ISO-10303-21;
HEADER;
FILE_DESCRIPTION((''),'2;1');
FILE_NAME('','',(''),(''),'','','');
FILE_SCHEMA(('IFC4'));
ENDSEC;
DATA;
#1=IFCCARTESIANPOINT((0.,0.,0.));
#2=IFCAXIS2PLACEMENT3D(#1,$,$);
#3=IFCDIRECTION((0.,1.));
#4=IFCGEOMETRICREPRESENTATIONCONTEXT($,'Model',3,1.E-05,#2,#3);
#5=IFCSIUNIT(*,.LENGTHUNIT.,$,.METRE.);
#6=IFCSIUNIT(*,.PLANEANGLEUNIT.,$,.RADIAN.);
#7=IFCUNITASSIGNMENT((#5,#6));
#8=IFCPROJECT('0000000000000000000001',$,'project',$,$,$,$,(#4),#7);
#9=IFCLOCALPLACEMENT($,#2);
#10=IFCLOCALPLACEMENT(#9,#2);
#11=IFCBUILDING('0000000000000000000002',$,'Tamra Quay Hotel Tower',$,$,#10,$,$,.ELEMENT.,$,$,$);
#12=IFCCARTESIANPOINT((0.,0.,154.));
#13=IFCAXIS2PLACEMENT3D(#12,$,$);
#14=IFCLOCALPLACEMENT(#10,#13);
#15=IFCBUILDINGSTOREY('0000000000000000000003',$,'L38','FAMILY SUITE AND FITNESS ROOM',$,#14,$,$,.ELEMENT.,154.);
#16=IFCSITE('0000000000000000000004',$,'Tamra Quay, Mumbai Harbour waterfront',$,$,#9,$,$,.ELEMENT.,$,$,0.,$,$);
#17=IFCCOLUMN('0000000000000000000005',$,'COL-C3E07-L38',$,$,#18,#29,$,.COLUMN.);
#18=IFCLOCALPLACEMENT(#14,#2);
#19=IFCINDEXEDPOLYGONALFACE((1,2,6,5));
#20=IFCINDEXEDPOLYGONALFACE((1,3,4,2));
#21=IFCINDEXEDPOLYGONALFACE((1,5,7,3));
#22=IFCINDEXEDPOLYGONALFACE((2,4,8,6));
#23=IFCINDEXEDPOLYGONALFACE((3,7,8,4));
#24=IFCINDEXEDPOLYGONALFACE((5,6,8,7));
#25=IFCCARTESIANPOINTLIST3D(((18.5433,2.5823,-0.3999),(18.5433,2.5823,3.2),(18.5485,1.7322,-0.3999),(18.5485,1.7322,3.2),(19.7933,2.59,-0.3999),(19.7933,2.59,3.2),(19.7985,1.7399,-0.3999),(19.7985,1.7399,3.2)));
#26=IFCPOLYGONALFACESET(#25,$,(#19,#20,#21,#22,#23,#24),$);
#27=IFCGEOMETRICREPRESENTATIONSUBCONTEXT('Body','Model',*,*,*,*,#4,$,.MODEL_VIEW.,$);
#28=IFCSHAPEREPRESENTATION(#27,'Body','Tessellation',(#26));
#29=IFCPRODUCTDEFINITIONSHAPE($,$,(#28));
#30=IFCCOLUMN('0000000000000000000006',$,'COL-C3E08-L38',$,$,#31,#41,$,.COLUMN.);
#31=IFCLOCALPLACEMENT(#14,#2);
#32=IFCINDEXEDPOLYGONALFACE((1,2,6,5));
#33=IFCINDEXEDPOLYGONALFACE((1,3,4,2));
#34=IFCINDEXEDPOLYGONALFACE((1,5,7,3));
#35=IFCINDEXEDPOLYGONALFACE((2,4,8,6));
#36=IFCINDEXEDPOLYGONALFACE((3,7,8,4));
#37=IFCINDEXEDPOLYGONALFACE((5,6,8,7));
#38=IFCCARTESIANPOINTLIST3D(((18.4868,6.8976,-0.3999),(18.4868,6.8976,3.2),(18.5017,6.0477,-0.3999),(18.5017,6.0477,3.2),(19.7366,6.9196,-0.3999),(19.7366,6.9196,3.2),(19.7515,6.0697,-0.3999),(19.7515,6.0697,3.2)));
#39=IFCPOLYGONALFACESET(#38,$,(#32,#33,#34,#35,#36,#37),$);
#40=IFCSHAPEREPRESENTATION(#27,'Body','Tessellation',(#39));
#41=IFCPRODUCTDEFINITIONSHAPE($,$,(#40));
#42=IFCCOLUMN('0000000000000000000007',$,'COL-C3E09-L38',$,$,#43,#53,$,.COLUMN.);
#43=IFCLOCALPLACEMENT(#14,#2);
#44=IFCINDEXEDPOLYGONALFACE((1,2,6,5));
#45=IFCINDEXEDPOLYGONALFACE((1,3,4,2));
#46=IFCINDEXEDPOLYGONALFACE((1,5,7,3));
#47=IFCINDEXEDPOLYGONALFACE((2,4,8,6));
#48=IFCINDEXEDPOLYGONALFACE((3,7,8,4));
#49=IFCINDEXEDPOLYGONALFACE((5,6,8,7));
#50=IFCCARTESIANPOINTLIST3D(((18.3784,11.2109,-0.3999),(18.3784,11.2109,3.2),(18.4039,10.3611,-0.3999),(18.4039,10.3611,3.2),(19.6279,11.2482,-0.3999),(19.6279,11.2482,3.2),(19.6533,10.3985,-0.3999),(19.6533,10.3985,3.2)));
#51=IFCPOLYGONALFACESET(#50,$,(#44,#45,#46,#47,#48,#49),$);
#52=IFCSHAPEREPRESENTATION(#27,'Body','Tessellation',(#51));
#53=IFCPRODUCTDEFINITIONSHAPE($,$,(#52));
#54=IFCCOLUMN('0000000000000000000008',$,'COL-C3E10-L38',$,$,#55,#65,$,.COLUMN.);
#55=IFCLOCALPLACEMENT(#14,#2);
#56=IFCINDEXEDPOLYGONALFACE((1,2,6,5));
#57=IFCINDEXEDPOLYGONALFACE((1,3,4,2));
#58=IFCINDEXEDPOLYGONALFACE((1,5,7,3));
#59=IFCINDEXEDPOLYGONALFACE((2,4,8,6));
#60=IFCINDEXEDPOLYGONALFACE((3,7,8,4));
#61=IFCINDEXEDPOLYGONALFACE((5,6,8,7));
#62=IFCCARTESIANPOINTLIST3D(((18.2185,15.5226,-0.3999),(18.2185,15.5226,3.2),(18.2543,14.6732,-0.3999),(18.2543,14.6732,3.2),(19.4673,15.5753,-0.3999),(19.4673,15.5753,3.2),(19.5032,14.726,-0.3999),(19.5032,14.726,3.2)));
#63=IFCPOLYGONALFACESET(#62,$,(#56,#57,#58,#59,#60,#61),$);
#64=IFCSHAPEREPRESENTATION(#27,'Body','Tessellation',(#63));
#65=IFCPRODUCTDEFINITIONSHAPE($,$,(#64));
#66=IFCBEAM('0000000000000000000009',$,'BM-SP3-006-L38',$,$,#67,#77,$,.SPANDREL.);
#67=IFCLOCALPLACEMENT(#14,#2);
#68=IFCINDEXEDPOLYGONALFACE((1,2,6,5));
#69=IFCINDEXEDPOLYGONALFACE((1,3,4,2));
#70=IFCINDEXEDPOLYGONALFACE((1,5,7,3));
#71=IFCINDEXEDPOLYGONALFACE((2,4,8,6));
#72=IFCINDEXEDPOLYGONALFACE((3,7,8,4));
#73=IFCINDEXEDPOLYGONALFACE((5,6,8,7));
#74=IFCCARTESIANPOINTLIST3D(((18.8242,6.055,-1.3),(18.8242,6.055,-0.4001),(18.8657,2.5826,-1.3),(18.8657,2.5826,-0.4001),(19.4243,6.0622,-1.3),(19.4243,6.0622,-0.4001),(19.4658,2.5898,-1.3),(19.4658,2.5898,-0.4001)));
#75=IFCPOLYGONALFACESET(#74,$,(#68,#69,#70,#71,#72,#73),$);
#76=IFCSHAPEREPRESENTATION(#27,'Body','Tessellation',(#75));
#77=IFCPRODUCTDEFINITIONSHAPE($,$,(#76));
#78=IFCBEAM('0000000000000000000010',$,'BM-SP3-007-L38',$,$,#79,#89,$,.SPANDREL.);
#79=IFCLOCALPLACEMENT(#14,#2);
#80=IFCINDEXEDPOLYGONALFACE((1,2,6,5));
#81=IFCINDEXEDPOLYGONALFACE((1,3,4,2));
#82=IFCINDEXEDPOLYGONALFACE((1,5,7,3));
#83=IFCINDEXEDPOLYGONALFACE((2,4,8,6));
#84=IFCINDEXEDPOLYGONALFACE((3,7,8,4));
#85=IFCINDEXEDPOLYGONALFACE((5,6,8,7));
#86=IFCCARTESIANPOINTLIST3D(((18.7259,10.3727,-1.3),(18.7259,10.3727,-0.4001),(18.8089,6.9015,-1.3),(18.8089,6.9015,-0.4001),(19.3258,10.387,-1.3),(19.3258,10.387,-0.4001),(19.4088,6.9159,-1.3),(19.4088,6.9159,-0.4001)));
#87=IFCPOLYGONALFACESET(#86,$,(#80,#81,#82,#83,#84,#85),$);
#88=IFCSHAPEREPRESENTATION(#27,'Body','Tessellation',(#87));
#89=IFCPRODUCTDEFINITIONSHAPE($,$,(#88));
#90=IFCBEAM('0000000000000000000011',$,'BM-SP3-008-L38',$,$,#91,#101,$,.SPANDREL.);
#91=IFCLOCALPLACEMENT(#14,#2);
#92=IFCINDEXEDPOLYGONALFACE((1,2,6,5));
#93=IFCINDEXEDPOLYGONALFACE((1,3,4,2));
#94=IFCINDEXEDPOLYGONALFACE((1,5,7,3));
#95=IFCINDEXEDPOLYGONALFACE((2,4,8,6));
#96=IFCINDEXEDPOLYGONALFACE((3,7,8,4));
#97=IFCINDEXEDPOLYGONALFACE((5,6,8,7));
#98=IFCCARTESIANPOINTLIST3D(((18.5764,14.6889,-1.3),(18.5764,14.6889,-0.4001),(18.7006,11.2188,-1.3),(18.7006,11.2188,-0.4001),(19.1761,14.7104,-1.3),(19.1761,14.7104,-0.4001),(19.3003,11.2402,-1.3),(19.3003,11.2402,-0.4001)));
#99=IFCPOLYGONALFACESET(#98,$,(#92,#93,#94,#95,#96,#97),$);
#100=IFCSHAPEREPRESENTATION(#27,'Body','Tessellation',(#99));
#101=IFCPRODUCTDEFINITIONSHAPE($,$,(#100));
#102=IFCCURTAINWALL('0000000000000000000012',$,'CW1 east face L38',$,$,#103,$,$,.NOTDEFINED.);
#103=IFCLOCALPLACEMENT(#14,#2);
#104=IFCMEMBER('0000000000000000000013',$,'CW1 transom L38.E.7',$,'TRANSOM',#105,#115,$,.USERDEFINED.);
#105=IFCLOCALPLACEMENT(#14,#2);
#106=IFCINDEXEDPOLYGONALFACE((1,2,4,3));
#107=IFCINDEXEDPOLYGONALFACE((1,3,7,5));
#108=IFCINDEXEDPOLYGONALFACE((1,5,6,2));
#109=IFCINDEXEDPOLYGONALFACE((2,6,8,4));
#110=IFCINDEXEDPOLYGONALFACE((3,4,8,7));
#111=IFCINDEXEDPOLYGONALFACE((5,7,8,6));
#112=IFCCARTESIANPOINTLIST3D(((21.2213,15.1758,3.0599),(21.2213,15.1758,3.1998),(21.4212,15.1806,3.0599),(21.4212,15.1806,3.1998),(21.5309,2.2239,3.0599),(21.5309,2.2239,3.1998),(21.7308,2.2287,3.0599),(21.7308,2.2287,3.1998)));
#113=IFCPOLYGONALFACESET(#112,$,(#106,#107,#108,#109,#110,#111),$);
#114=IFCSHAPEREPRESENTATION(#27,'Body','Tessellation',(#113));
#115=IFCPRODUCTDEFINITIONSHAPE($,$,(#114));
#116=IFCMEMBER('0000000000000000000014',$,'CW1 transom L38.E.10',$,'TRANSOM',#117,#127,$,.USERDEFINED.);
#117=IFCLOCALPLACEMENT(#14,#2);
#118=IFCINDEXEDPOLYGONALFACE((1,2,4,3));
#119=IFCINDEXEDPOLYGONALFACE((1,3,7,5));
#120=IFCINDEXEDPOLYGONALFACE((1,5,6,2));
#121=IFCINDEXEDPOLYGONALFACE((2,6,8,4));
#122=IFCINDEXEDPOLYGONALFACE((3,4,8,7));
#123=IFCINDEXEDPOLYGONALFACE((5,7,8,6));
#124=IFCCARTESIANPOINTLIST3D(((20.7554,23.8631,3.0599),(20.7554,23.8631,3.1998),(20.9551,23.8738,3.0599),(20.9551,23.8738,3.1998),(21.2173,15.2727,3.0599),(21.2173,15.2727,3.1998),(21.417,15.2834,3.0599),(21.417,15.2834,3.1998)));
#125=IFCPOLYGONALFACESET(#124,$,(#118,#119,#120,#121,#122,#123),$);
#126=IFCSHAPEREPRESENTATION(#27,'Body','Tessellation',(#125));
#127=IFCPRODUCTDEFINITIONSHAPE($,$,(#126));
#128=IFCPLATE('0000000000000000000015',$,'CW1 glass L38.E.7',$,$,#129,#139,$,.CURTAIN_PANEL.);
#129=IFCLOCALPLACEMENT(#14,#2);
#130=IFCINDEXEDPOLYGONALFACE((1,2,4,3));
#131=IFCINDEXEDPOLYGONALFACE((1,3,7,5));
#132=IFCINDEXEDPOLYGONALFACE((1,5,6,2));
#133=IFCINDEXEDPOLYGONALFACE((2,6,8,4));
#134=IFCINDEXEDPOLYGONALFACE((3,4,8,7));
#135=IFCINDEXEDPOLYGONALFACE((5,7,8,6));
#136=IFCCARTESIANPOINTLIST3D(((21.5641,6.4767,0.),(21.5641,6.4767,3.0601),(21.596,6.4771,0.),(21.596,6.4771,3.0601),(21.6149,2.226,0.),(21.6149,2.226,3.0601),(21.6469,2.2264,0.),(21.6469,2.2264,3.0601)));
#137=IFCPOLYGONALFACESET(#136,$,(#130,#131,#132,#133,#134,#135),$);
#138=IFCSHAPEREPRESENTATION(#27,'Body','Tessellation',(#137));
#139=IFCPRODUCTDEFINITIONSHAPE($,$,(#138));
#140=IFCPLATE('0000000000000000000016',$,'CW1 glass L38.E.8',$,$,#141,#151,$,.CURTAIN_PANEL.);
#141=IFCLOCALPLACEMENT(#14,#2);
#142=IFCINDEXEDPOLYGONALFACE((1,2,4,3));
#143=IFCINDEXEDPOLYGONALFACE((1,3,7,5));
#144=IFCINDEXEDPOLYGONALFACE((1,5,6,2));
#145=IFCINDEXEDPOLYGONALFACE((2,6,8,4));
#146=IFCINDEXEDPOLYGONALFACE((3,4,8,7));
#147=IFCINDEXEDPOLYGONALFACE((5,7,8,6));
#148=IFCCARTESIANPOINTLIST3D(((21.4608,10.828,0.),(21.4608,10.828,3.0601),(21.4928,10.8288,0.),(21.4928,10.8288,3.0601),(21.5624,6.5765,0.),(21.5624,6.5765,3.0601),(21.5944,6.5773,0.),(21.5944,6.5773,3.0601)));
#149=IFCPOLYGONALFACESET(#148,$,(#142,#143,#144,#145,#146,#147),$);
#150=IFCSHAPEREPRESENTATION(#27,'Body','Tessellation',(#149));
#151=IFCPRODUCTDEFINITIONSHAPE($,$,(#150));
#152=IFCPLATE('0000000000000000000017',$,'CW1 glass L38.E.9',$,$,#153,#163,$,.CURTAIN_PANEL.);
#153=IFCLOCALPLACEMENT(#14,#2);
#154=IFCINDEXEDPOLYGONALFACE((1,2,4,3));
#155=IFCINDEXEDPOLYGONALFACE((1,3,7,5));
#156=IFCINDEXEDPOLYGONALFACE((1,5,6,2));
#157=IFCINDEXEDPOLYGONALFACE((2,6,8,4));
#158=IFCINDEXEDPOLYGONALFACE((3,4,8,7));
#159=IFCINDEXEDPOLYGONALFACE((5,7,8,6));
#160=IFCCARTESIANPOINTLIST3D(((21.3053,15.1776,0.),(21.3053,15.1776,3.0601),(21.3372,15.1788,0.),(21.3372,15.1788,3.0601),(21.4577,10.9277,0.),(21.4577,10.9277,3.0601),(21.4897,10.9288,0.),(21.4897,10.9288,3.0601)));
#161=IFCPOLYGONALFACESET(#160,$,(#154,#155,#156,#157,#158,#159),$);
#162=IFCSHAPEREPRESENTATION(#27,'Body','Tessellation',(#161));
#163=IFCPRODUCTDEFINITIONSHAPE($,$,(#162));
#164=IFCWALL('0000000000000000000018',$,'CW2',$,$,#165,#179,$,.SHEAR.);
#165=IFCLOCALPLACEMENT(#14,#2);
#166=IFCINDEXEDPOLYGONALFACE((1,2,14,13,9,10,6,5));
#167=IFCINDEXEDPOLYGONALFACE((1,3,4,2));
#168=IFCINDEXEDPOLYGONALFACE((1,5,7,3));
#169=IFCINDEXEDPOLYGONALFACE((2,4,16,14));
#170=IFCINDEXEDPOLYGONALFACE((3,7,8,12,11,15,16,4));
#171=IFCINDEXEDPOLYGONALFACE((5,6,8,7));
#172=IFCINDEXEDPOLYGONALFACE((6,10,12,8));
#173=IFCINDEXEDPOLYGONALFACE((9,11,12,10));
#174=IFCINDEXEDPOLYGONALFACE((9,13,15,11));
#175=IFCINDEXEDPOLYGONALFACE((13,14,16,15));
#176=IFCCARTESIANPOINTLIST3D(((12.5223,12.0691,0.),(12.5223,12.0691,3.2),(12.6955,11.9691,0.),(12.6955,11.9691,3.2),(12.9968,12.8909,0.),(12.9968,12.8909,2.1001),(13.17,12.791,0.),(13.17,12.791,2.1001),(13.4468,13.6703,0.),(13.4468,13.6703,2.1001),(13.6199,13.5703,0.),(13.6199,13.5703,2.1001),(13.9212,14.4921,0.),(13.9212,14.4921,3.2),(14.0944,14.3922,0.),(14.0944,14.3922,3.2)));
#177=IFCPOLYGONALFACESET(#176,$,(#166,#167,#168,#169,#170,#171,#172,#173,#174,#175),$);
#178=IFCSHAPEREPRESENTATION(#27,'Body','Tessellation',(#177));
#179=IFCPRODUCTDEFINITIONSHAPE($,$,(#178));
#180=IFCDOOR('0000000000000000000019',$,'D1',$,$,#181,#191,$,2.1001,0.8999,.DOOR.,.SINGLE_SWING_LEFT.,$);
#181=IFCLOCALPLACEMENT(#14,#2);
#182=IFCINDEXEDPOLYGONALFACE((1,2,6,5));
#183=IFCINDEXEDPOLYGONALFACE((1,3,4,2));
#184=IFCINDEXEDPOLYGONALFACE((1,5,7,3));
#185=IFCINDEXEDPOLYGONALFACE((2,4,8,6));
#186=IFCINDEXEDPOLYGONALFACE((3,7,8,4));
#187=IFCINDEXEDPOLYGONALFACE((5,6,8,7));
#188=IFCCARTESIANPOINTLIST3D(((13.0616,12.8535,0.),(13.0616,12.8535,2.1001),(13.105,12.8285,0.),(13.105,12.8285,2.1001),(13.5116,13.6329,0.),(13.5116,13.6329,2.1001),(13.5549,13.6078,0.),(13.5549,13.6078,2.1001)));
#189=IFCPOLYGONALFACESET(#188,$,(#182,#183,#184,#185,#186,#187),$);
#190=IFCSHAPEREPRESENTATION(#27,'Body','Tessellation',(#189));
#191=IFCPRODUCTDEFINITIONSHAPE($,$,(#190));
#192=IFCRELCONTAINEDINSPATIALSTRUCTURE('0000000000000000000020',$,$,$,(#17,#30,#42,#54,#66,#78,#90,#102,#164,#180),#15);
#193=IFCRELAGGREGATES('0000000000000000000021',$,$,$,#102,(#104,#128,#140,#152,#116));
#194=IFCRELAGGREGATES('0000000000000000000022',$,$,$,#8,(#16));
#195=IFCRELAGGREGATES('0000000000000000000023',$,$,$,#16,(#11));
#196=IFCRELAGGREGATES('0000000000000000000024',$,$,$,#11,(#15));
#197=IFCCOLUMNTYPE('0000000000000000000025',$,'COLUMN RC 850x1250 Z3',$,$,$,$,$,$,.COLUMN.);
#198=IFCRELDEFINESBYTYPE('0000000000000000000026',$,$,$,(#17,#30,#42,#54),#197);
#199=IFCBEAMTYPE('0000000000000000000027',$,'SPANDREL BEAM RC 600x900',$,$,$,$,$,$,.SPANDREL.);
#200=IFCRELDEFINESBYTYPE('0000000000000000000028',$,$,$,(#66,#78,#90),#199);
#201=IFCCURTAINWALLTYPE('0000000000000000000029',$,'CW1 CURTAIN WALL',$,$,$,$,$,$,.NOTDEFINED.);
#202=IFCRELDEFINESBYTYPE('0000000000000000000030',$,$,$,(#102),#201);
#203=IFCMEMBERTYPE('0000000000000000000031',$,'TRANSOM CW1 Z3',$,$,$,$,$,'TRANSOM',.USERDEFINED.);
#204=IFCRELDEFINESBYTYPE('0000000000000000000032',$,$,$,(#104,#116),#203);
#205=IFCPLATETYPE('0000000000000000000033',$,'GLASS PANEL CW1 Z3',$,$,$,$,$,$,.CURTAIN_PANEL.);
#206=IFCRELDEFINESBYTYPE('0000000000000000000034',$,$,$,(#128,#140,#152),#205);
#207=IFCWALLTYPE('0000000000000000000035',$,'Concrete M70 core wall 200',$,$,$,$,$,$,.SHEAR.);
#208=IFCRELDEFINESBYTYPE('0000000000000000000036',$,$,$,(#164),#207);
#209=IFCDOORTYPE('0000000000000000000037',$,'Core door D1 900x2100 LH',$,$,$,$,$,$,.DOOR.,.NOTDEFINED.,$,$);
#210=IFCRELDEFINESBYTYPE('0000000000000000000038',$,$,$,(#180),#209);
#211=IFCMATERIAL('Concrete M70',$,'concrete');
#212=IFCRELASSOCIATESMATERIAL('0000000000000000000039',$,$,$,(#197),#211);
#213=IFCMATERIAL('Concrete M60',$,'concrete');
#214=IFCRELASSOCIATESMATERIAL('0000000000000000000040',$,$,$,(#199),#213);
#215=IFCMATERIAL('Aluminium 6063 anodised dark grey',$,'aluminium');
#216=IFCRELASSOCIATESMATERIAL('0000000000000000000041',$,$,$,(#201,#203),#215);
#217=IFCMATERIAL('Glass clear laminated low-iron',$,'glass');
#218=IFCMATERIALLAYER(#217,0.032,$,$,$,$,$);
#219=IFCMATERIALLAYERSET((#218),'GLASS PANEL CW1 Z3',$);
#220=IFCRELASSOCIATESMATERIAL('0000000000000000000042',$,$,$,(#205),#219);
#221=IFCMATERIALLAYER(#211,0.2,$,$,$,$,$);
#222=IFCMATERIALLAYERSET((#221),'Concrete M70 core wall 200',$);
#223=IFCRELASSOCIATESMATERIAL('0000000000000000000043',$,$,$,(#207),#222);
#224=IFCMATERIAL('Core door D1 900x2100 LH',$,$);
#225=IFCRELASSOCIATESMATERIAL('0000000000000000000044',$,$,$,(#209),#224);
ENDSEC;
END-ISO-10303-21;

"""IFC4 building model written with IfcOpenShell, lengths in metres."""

from ifc_helpers import new_model, si_unit, direction, frame, frame_2d, origin, origin_2d, place, context, subcontext, project, spatial, rectangle, extrude, material, layer, layer_set, material_profile, profile_set, type_object, element, fill, aggregate, save


model = new_model("IFC4")

# Units and contexts
model_context = context("Model", 3, precision=1e-05, world=origin(), true_north=direction((0.0, 1.0)))
body_context = subcontext(model_context, "Body", "Model", "MODEL_VIEW")
ifc_project = project(units=[si_unit("LENGTHUNIT", "METRE"), si_unit("PLANEANGLEUNIT", "RADIAN")], contexts=[model_context])

# Site, building, storey
site_placement = place(None, origin())
site = spatial("IfcSite", under=ifc_project, at=site_placement, Name="Tamra Quay, Mumbai Harbour waterfront", CompositionType="ELEMENT", RefElevation=0.0)
building_placement = place(site_placement, origin())
building = spatial("IfcBuilding", under=site, at=building_placement, Name="Tamra Quay Hotel Tower", CompositionType="ELEMENT")
storey_placement = place(building_placement, frame((0.0, 0.0, 154.0)))
storey = spatial("IfcBuildingStorey", under=building, at=storey_placement, Name="L38", Description="FAMILY SUITE AND FITNESS ROOM", CompositionType="ELEMENT", Elevation=154.0)

# Columns
ifc_material_1 = material(Name="Concrete M70", Category="concrete")
ifc_material_profile_1 = material_profile(ifc_material_1, rectangle(XDim=1.25, YDim=0.8501, at=origin_2d()), Name="COLUMN RC 850x1250 Z3")
ifc_profile_set_1 = profile_set([ifc_material_profile_1], Name="Concrete M70")
column_type = type_object("IfcColumnType", Name="COLUMN RC 850x1250 Z3", PredefinedType="COLUMN", material=ifc_profile_set_1)
for number, where, z_axis, x_axis, name in (
    (1, (19.1709, 2.1611, -0.3999), (0.0, 0.0, 1.0), (0.999981, 0.006159, 0.0), "COL-C3E07-L38"),
    (2, (19.1191, 6.4836, -0.3999), (0.0, 0.0, 1.0), (0.999845, 0.017597, 0.0), "COL-C3E08-L38"),
    (3, (19.0159, 10.8047, -0.3999), (0.0, 0.0, 1.0), (0.999553, 0.029907, 0.0), "COL-C3E09-L38"),
    (4, (18.8608, 15.1243, -0.3999), (0.0, 0.0, 1.0), (0.999109, 0.042202, 0.0), "COL-C3E10-L38"),
):
    element("IfcColumn", number, at=place(storey_placement, frame(where, z_axis=z_axis, x_axis=x_axis)), inside=storey, type_object=column_type, Name=name, PredefinedType="COLUMN", context=body_context, shape_type="SweptSolid", body=[
        extrude(rectangle(XDim=1.25, YDim=0.8501, at=origin_2d()), origin(), (0.0, 0.0, 1.0), 3.5999),
    ])

# Beams
ifc_material_2 = material(Name="Concrete M60", Category="concrete")
ifc_material_profile_2 = material_profile(ifc_material_2, rectangle(XDim=0.6001, YDim=0.8999, at=origin_2d()), Name="SPANDREL BEAM RC 600x900")
ifc_profile_set_2 = profile_set([ifc_material_profile_2], Name="Concrete M60")
beam_type = type_object("IfcBeamType", Name="SPANDREL BEAM RC 600x900", PredefinedType="SPANDREL", material=ifc_profile_set_2)
beam_1_placement = place(storey_placement, frame((19.1658, 2.5862, -0.8501), z_axis=(-0.011952, 0.999929, 0.0), x_axis=(-0.999929, -0.011952, 0.0)))
element("IfcBeam", 5, at=beam_1_placement, inside=storey, type_object=beam_type, Name="BM-SP3-006-L38", PredefinedType="SPANDREL", context=body_context, shape_type="SweptSolid", body=[
    extrude(rectangle(XDim=0.6001, YDim=0.8999, at=origin_2d()), origin(), (0.0, 0.0, 1.0), 3.4727),
])
beam_2_placement = place(storey_placement, frame((19.1089, 6.9087, -0.8501), z_axis=(-0.023907, 0.999714, 0.0), x_axis=(-0.999714, -0.023907, 0.0)))
element("IfcBeam", 6, at=beam_2_placement, inside=storey, type_object=beam_type, Name="BM-SP3-007-L38", PredefinedType="SPANDREL", context=body_context, shape_type="SweptSolid", body=[
    extrude(rectangle(XDim=0.6001, YDim=0.8999, at=origin_2d()), origin(), (0.0, 0.0, 1.0), 3.4722),
])
beam_3_placement = place(storey_placement, frame((19.0005, 11.2295, -0.8501), z_axis=(-0.035787, 0.999359, 0.0), x_axis=(-0.999359, -0.035787, 0.0)))
element("IfcBeam", 7, at=beam_3_placement, inside=storey, type_object=beam_type, Name="BM-SP3-008-L38", PredefinedType="SPANDREL", context=body_context, shape_type="SweptSolid", body=[
    extrude(rectangle(XDim=0.6001, YDim=0.8999, at=origin_2d()), origin(), (0.0, 0.0, 1.0), 3.4724),
])

# Curtain wall, members, plates
ifc_material_3 = material(Name="Aluminium 6063 anodised dark grey", Category="aluminium")
curtain_wall_type = type_object("IfcCurtainWallType", Name="CW1 CURTAIN WALL", PredefinedType="NOTDEFINED", material=ifc_material_3)
curtain_wall_placement = place(storey_placement, origin())
curtain_wall = element("IfcCurtainWall", 8, at=curtain_wall_placement, inside=storey, type_object=curtain_wall_type, Name="CW1 east face L38", PredefinedType="NOTDEFINED")
ifc_material_profile_3 = material_profile(ifc_material_3, rectangle(XDim=0.2, YDim=0.1399, at=origin_2d()), Name="TRANSOM 200X140")
ifc_profile_set_3 = profile_set([ifc_material_profile_3], Name="Aluminium 6063 anodised dark grey")
member_type = type_object("IfcMemberType", Name="TRANSOM CW1 Z3", ElementType="TRANSOM", PredefinedType="USERDEFINED", material=ifc_profile_set_3)
member_1_placement = place(storey_placement, frame((21.6309, 2.2263, 3.1299), z_axis=(-0.023895, 0.999714, 0.0), x_axis=(-0.999714, -0.023895, 0.0)))
member_1 = element("IfcMember", 9, at=member_1_placement, type_object=member_type, Name="CW1 transom L38.E.7", ObjectType="TRANSOM", PredefinedType="USERDEFINED", context=body_context, shape_type="SweptSolid", body=[
    extrude(rectangle(XDim=0.2, YDim=0.1399, at=origin_2d()), origin(), (0.0, 0.0, 1.0), 12.9556),
])
member_2_placement = place(storey_placement, frame((21.3171, 15.2781, 3.1299), z_axis=(-0.053694, 0.998557, 0.0), x_axis=(-0.998557, -0.053694, 0.0)))
member_2 = element("IfcMember", 10, at=member_2_placement, type_object=member_type, Name="CW1 transom L38.E.10", ObjectType="TRANSOM", PredefinedType="USERDEFINED", context=body_context, shape_type="SweptSolid", body=[
    extrude(rectangle(XDim=0.2, YDim=0.1399, at=origin_2d()), origin(), (0.0, 0.0, 1.0), 8.6028),
])
ifc_material_4 = material(Name="Glass clear laminated low-iron", Category="glass")
ifc_layer_1 = layer(ifc_material_4, 0.032)
ifc_layer_set_1 = layer_set([ifc_layer_1], Name="GLASS PANEL CW1 Z3")
plate_type = type_object("IfcPlateType", Name="GLASS PANEL CW1 Z3", PredefinedType="CURTAIN_PANEL", material=ifc_layer_set_1)
plate_1_placement = place(storey_placement, frame((21.6055, 4.3516, 0.0), z_axis=(0.0, 0.0, 1.0), x_axis=(-0.011957, 0.999929, 0.0)))
plate_1 = element("IfcPlate", 11, at=plate_1_placement, type_object=plate_type, Name="CW1 glass L38.E.7", PredefinedType="CURTAIN_PANEL", context=body_context, shape_type="SweptSolid", body=[
    extrude(rectangle(XDim=4.251, YDim=0.032, at=origin_2d()), origin(), (0.0, 0.0, 1.0), 3.0601),
])
plate_2_placement = place(storey_placement, frame((21.5276, 8.7026, 0.0), z_axis=(0.0, 0.0, 1.0), x_axis=(-0.023896, 0.999714, 0.0)))
plate_2 = element("IfcPlate", 12, at=plate_2_placement, type_object=plate_type, Name="CW1 glass L38.E.8", PredefinedType="CURTAIN_PANEL", context=body_context, shape_type="SweptSolid", body=[
    extrude(rectangle(XDim=4.2527, YDim=0.032, at=origin_2d()), origin(), (0.0, 0.0, 1.0), 3.0601),
])
plate_3_placement = place(storey_placement, frame((21.3975, 13.0532, 0.0), z_axis=(0.0, 0.0, 1.0), x_axis=(-0.035845, 0.999357, 0.0)))
plate_3 = element("IfcPlate", 13, at=plate_3_placement, type_object=plate_type, Name="CW1 glass L38.E.9", PredefinedType="CURTAIN_PANEL", context=body_context, shape_type="SweptSolid", body=[
    extrude(rectangle(XDim=4.2527, YDim=0.032, at=origin_2d()), origin(), (0.0, 0.0, 1.0), 3.0601),
])
aggregate(curtain_wall, [member_1, plate_1, plate_2, plate_3, member_2])

# Wall, opening, door
ifc_layer_2 = layer(ifc_material_1, 0.2)
ifc_layer_set_2 = layer_set([ifc_layer_2], Name="Concrete M70 core wall 200")
wall_type_1 = type_object("IfcWallType", Name="Concrete M70 core wall 200", PredefinedType="SHEAR", material=ifc_layer_set_2)
wall_1_placement = place(storey_placement, frame((14.0078, 14.4421, 0.0), z_axis=(0.0, 0.0, 1.0), x_axis=(-0.499987, -0.866033, 0.0)))
wall_1 = element("IfcWall", 14, at=wall_1_placement, inside=storey, type_object=wall_type_1, Name="CW2", PredefinedType="SHEAR", context=body_context, shape_type="SweptSolid", body=[
    extrude(rectangle(XDim=2.7979, YDim=0.2, at=frame_2d((1.3989, 0.0))), origin(), (0.0, 0.0, 1.0), 3.2),
])
opening_1_placement = place(wall_1_placement, frame((0.949, 0.0, 0.0)))
opening_1 = element("IfcOpeningElement", 15, at=opening_1_placement, cuts=wall_1, PredefinedType="OPENING", context=body_context, shape_type="SweptSolid", body=[
    extrude(rectangle(XDim=0.8999, YDim=2.1001, at=frame_2d((0.45, 1.05))), frame((0.0, 0.1099, 0.0), z_axis=(0.0, -1.0, 0.0), x_axis=(1.0, 0.0, 0.0)), (0.0, 0.0, 1.0), 0.22),
])
ifc_material_5 = material(Name="Core door D1 900x2100 LH")
door_type_1 = type_object("IfcDoorType", Name="Core door D1 900x2100 LH", OperationType="NOTDEFINED", PredefinedType="DOOR", material=ifc_material_5)
door_1_placement = place(opening_1_placement, origin())
door_1 = element("IfcDoor", 16, at=door_1_placement, inside=storey, type_object=door_type_1, Name="D1", OperationType="SINGLE_SWING_LEFT", OverallHeight=2.1001, OverallWidth=0.8999, PredefinedType="DOOR", context=body_context, shape_type="SweptSolid", body=[
    extrude(rectangle(XDim=0.8999, YDim=2.1001, at=frame_2d((0.45, 1.05))), frame((0.0, 0.0249, 0.0), z_axis=(0.0, -1.0, 0.0), x_axis=(1.0, 0.0, 0.0)), (0.0, 0.0, 1.0), 0.05),
])
fill(opening_1, door_1)

save(model, "model.ifc")
